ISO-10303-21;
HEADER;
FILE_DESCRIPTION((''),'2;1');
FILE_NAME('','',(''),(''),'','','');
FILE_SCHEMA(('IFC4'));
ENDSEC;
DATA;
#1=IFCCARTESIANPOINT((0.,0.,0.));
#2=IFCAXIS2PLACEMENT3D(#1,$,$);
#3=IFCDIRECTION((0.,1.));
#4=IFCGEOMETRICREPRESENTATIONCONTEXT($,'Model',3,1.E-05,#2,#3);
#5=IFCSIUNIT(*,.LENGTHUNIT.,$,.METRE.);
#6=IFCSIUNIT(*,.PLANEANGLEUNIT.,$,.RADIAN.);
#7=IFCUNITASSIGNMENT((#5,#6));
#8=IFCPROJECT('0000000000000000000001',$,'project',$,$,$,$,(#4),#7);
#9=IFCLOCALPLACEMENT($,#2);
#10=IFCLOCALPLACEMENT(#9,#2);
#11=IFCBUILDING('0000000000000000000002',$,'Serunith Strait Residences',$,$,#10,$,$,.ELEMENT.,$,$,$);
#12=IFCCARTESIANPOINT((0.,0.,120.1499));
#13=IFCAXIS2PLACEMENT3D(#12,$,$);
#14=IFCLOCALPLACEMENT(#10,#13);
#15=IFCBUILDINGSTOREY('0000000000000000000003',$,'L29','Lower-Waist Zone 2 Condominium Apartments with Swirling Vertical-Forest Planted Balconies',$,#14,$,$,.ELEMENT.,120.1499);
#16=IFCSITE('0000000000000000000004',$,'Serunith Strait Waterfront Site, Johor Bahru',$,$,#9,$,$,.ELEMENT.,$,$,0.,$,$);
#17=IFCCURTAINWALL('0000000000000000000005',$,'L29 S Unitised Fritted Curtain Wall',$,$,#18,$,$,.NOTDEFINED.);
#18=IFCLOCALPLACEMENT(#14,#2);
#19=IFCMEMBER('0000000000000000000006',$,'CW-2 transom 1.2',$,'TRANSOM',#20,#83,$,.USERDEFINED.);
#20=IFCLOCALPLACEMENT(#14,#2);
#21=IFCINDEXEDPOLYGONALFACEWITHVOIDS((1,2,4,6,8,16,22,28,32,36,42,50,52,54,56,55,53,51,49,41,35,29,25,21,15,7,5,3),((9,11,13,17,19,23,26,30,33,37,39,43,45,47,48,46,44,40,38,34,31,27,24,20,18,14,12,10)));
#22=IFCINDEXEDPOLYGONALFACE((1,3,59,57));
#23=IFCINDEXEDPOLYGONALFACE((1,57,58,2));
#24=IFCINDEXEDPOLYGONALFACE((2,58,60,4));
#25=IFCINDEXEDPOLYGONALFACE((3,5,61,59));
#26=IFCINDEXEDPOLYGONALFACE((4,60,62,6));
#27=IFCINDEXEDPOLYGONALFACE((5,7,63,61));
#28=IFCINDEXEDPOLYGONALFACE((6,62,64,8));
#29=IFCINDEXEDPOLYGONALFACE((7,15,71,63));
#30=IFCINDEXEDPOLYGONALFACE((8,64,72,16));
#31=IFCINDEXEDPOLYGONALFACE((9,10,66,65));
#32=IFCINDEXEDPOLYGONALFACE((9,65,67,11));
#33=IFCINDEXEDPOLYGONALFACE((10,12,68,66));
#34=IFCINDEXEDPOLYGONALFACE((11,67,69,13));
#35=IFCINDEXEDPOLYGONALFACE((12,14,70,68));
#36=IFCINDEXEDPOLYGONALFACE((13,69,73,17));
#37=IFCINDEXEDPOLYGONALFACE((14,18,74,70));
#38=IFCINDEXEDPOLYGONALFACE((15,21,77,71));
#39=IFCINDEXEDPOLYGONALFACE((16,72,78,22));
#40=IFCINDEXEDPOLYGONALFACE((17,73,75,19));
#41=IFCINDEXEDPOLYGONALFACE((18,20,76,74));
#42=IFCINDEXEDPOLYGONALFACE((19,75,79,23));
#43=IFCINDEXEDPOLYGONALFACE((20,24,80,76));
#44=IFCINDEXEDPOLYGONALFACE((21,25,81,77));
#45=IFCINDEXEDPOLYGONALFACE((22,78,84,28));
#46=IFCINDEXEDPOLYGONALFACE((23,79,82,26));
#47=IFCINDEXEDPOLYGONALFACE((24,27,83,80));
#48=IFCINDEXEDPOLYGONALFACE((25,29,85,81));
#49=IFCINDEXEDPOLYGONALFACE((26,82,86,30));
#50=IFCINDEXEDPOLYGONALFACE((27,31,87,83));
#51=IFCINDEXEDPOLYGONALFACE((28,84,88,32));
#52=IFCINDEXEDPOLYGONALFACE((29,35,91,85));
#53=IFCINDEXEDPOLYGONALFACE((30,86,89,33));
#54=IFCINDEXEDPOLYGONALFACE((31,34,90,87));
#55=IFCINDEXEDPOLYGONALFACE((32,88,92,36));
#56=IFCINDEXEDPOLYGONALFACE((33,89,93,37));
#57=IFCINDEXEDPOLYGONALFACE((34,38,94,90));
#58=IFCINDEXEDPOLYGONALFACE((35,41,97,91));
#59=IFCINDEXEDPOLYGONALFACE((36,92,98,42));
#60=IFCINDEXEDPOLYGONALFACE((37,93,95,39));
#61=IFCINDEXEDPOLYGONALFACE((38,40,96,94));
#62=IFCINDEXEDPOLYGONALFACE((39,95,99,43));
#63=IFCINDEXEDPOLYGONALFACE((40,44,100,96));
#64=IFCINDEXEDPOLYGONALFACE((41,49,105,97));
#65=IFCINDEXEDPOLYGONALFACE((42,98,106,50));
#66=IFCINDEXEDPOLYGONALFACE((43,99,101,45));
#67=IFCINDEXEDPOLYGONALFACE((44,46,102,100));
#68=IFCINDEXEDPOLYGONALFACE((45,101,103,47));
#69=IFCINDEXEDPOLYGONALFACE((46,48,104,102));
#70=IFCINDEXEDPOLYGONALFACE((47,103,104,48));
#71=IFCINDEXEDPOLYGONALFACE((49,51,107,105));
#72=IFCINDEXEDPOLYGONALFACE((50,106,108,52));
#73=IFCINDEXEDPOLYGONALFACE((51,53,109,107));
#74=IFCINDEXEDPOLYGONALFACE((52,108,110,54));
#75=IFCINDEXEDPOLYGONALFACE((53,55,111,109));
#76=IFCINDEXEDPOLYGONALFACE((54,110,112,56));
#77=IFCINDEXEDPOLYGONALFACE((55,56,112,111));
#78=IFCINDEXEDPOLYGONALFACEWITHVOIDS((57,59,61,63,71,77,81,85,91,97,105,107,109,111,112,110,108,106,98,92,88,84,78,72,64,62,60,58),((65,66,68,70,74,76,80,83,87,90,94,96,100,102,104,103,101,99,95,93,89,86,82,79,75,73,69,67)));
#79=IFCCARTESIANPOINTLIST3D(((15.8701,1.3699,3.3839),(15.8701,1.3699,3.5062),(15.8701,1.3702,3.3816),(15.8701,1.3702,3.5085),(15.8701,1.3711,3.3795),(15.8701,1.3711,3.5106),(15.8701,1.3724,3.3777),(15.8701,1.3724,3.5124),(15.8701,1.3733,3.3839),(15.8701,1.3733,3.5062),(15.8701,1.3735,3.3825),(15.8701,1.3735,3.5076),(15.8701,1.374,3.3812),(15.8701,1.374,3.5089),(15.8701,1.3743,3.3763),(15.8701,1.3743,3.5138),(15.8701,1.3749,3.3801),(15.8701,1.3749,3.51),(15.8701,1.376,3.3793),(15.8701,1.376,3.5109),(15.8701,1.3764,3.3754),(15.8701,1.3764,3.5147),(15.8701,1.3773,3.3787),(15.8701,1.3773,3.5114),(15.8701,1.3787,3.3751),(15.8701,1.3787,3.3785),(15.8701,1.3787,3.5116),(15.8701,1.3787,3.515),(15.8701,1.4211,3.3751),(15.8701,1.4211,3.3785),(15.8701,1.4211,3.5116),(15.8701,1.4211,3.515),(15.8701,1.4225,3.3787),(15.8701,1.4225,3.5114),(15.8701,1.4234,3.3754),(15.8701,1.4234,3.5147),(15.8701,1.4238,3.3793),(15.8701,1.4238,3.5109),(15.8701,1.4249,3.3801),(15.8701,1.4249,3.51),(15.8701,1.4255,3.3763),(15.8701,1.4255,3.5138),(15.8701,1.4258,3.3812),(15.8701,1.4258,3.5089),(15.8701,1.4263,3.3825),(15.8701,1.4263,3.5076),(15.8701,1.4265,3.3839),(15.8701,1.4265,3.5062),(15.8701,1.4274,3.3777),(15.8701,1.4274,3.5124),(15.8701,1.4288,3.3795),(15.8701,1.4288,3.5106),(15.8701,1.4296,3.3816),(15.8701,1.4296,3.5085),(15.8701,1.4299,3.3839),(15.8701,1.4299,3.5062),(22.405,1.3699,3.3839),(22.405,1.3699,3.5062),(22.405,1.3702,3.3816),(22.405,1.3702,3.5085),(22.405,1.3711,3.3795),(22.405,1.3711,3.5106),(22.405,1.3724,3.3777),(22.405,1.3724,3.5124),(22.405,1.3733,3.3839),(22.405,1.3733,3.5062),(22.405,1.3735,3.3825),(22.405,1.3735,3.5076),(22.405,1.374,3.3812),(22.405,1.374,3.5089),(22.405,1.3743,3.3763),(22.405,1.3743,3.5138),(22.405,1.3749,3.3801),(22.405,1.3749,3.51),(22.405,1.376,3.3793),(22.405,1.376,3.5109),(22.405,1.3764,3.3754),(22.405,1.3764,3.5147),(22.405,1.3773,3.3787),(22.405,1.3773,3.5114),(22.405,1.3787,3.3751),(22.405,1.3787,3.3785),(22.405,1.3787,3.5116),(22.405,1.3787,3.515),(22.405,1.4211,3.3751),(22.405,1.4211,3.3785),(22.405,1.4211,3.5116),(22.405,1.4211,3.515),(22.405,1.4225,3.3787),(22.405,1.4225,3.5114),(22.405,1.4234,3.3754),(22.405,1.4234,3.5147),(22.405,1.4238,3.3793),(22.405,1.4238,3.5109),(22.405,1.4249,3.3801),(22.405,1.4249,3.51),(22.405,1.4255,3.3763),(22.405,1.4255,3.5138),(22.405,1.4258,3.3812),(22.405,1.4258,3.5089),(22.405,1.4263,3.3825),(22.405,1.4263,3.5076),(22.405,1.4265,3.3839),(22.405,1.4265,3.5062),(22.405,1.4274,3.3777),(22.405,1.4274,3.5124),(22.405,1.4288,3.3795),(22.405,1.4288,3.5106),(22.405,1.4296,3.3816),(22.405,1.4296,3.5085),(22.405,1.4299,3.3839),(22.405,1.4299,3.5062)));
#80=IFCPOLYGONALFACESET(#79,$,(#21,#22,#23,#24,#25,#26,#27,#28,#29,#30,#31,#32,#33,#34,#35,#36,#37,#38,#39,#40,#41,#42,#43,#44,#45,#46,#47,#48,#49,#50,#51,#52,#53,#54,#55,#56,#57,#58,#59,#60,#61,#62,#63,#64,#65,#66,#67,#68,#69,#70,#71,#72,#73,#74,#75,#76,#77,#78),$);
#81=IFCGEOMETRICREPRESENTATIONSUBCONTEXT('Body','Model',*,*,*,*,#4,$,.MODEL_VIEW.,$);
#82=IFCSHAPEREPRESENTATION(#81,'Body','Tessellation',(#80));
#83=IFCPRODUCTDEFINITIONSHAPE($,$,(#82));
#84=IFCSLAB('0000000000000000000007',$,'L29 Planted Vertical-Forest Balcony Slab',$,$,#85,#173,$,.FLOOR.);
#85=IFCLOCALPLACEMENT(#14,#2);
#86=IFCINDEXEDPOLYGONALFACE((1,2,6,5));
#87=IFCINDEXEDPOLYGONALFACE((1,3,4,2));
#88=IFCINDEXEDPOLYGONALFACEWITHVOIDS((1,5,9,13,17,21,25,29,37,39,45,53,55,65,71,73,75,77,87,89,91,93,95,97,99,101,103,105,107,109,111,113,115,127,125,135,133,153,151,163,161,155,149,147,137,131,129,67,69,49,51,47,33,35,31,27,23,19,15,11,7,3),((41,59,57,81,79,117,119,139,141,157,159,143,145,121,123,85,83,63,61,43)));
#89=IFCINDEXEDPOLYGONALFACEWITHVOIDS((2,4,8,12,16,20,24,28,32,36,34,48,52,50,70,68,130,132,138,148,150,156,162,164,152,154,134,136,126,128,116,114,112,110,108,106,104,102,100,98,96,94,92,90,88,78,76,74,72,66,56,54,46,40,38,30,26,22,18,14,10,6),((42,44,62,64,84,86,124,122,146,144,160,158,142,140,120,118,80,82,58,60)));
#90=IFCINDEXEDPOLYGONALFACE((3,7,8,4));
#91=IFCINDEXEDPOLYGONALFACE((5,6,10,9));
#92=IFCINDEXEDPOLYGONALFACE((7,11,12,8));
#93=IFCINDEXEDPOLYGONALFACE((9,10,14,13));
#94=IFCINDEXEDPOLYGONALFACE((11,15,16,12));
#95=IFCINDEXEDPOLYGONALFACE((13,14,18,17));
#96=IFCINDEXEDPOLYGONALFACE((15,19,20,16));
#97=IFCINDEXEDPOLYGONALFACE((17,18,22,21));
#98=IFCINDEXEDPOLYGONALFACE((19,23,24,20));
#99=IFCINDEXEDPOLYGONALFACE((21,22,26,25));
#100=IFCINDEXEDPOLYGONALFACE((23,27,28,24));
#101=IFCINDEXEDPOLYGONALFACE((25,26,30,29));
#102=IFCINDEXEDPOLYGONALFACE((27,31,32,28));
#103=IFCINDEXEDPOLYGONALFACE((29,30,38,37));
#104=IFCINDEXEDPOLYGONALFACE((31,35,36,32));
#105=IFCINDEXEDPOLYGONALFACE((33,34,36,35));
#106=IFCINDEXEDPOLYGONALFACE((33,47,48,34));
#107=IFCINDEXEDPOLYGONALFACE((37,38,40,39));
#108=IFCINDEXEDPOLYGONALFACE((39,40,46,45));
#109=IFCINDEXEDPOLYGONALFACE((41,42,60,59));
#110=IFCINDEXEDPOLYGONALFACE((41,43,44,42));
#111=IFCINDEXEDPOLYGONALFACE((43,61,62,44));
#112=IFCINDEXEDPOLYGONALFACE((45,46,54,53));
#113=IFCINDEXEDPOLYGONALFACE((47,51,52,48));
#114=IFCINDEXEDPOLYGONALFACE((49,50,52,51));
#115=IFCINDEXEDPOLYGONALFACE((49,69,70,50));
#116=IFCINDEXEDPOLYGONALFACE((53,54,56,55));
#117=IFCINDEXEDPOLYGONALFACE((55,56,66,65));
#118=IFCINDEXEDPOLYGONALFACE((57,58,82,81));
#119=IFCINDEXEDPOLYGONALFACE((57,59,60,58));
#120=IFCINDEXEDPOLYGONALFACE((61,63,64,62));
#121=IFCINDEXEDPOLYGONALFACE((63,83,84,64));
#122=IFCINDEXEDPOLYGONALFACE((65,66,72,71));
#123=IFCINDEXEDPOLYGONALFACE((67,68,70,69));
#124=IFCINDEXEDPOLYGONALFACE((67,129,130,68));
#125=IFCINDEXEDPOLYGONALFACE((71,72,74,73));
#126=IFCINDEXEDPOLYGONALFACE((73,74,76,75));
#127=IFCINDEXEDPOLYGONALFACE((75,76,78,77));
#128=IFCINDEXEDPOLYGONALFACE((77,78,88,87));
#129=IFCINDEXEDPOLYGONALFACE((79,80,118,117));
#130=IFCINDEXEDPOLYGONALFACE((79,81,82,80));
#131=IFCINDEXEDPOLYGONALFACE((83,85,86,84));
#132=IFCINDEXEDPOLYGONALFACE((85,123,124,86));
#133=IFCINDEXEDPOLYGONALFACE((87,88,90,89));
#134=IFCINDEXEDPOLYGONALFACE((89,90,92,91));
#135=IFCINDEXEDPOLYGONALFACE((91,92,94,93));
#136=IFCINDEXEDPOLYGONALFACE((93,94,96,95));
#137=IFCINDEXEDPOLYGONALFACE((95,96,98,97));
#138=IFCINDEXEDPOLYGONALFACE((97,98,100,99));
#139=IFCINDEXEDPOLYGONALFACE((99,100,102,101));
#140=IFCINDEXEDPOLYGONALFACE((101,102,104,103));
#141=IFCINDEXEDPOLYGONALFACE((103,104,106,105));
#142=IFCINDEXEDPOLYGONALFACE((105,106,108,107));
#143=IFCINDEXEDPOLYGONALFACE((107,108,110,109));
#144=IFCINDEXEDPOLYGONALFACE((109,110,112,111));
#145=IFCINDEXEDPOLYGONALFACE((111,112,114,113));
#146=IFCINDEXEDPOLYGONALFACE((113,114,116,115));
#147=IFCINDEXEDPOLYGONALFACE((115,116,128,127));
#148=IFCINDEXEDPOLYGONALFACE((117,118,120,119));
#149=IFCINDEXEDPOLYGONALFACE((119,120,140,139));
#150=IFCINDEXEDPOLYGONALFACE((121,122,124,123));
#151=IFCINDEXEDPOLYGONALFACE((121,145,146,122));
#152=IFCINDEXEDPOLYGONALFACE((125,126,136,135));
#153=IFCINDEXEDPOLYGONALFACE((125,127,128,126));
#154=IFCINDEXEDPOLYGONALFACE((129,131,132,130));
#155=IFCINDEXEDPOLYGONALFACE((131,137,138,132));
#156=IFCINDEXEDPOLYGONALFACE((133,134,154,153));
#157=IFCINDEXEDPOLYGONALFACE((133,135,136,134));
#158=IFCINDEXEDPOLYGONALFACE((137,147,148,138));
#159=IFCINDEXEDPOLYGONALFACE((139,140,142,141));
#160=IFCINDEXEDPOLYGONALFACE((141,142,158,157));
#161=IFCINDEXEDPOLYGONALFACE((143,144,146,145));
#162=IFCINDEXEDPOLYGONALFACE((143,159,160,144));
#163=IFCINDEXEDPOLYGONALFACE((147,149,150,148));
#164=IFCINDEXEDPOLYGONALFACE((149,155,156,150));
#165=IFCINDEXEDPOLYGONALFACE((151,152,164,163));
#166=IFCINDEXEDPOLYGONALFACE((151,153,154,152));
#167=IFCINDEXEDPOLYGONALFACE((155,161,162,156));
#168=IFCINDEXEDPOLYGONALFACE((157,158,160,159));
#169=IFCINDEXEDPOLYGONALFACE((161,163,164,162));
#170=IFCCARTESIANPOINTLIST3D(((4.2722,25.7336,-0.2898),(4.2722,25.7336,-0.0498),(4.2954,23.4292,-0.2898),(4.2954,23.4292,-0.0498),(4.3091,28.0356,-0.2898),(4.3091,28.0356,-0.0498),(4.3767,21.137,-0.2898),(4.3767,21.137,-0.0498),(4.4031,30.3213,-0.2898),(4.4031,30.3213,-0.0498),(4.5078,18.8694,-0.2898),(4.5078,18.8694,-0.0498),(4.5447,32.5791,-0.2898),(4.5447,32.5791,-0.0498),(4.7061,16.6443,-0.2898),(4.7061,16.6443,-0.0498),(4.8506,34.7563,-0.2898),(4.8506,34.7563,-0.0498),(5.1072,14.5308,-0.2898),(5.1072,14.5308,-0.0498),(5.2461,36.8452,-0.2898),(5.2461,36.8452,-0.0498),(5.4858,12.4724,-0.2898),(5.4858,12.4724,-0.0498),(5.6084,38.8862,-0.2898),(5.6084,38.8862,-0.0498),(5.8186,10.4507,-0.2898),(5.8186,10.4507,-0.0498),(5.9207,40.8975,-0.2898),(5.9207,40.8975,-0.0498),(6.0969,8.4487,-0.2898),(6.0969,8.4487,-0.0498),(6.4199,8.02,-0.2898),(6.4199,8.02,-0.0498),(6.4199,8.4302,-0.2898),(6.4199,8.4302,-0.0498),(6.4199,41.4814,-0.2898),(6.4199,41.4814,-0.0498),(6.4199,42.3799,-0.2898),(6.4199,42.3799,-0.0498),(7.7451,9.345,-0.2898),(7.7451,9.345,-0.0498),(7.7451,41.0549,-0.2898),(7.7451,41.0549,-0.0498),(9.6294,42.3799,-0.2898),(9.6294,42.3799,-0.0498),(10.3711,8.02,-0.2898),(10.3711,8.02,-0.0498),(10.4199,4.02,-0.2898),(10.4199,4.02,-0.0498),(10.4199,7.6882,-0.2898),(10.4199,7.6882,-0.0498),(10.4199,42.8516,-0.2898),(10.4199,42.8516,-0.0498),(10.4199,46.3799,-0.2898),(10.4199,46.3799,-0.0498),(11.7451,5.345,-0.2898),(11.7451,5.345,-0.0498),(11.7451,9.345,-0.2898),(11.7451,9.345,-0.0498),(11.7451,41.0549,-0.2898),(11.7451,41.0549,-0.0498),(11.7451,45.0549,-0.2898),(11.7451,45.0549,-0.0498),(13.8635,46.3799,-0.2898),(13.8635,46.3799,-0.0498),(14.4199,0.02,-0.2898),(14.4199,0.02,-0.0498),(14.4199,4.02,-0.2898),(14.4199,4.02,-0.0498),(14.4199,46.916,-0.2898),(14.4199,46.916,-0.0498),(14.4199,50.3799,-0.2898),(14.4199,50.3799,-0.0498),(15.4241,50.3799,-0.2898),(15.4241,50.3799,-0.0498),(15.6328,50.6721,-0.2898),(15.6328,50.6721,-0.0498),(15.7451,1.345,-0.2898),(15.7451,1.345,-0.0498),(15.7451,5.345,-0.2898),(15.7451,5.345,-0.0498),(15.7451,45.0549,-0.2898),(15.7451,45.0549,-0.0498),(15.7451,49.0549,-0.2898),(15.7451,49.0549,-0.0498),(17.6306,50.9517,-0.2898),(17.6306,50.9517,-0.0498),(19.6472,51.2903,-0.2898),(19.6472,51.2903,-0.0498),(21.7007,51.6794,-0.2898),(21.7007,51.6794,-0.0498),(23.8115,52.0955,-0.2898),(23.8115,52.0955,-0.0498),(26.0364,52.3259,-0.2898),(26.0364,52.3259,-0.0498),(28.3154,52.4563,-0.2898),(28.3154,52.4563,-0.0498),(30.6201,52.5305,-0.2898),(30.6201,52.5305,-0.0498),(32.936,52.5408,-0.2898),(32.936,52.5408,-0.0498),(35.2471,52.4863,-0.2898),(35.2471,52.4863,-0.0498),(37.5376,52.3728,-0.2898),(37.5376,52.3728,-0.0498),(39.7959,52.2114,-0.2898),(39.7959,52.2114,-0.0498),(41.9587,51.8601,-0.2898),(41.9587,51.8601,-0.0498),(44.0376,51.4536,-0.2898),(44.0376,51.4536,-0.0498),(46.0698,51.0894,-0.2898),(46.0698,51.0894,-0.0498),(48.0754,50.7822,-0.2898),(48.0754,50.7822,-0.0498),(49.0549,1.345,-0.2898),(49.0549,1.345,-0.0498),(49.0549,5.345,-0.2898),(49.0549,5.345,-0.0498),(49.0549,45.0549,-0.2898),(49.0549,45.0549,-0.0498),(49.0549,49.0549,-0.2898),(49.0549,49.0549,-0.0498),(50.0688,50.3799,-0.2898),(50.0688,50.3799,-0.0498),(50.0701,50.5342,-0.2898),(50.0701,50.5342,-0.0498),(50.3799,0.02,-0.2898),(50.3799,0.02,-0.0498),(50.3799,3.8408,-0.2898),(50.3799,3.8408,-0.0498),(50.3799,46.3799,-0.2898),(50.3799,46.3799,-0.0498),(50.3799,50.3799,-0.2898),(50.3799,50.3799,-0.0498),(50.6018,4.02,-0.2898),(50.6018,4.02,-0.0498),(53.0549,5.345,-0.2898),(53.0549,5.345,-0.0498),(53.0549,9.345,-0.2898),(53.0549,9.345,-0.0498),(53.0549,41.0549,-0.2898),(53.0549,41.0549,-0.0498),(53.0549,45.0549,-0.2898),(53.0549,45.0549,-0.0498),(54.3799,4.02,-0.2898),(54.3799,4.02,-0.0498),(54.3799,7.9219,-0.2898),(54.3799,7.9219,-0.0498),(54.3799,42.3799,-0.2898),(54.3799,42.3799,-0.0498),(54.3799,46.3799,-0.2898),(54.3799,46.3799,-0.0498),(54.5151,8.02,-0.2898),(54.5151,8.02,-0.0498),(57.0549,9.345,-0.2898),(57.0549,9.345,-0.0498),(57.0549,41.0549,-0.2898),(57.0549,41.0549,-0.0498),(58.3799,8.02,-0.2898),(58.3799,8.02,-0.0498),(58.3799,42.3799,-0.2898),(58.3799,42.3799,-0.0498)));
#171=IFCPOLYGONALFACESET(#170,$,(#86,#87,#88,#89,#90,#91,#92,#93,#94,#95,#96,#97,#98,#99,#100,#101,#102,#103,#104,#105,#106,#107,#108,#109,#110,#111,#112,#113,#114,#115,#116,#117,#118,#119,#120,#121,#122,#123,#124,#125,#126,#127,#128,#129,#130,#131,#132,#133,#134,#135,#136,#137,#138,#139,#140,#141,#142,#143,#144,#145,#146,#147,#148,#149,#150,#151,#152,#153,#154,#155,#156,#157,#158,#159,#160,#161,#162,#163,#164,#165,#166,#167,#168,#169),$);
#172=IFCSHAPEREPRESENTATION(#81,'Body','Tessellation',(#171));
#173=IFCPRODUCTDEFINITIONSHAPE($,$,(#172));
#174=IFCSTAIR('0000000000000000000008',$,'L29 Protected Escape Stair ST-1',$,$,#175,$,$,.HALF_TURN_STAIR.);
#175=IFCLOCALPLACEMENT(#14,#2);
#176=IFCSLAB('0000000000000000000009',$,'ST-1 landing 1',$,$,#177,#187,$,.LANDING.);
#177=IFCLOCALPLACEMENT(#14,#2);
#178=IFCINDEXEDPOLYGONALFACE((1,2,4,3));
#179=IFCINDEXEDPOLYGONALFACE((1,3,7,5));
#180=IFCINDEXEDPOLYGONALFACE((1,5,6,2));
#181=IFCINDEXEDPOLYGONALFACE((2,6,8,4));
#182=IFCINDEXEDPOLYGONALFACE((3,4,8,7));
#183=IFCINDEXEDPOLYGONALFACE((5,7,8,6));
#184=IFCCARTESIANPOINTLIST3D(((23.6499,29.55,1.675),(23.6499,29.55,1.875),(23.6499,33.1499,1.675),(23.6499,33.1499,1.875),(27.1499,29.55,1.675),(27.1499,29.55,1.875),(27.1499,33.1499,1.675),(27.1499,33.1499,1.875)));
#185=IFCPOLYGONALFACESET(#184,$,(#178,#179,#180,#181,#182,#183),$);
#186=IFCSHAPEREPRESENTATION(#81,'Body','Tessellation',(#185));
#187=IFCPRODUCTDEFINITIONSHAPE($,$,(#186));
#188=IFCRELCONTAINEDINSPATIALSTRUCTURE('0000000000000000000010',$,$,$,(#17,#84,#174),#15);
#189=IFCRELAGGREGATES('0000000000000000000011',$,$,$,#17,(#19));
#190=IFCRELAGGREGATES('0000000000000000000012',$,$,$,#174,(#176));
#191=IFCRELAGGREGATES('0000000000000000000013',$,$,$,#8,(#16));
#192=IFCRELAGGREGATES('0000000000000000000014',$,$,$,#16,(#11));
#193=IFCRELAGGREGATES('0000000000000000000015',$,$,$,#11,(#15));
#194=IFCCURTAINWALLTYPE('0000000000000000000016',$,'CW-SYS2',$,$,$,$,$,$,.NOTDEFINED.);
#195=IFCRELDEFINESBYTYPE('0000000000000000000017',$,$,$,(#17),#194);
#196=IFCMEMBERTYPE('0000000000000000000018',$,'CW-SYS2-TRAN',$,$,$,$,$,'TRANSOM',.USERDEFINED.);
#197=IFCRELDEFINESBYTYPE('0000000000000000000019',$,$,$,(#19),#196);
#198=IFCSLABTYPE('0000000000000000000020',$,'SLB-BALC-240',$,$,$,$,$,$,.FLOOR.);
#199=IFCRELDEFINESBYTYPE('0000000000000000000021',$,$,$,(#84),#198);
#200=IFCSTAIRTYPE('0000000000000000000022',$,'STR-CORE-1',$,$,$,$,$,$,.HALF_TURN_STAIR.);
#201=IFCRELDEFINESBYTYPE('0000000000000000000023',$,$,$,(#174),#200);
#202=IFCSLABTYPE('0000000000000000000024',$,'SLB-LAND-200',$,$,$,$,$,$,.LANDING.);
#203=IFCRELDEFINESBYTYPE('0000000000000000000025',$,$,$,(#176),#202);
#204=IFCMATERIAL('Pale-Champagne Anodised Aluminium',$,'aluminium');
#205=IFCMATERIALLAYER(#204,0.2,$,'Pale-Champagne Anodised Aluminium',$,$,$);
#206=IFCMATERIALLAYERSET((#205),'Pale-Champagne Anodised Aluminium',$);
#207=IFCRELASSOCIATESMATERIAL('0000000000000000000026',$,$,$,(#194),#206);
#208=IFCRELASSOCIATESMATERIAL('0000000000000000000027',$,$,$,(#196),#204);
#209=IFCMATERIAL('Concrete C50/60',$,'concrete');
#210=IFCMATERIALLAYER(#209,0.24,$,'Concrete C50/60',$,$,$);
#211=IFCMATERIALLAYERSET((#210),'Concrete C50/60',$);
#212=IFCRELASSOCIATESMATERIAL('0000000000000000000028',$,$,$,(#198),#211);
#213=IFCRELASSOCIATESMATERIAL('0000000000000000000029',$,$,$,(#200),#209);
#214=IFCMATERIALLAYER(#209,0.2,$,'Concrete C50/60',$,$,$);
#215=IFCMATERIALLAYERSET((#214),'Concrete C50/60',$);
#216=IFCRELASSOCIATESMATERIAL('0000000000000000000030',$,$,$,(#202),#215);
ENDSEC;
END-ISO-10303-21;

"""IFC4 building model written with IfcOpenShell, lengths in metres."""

from ifc_helpers import new_model, si_unit, direction, frame, origin, origin_2d, place, context, subcontext, project, spatial, polyline, hollow_rectangle, outline, extrude, source, transform, mapped, material, layer, layer_set, material_profile, profile_set, type_object, element, aggregate, save


model = new_model("IFC4")

# Units and contexts
model_context = context("Model", 3, precision=1e-05, world=origin(), true_north=direction((0.0, 1.0)))
body_context = subcontext(model_context, "Body", "Model", "MODEL_VIEW")
ifc_project = project(units=[si_unit("LENGTHUNIT", "METRE"), si_unit("PLANEANGLEUNIT", "RADIAN")], contexts=[model_context])

# Site, building, storey
site_placement = place(None, origin())
site = spatial("IfcSite", under=ifc_project, at=site_placement, Name="Serunith Strait Waterfront Site, Johor Bahru", CompositionType="ELEMENT", RefElevation=0.0)
building_placement = place(site_placement, origin())
building = spatial("IfcBuilding", under=site, at=building_placement, Name="Serunith Strait Residences", CompositionType="ELEMENT")
storey_placement = place(building_placement, frame((0.0, 0.0, 120.1499)))
storey = spatial("IfcBuildingStorey", under=building, at=storey_placement, Name="L29", Description="Lower-Waist Zone 2 Condominium Apartments with Swirling Vertical-Forest Planted Balconies", CompositionType="ELEMENT", Elevation=120.1499)

# Curtain wall
ifc_material_1 = material(Name="Pale-Champagne Anodised Aluminium", Category="aluminium")
ifc_layer_1 = layer(ifc_material_1, 0.2, Name="Pale-Champagne Anodised Aluminium")
ifc_layer_set_1 = layer_set([ifc_layer_1], Name="Pale-Champagne Anodised Aluminium")
curtain_wall_type = type_object("IfcCurtainWallType", Name="CW-SYS2", PredefinedType="NOTDEFINED", material=ifc_layer_set_1)
curtain_wall_1_placement = place(storey_placement, origin())
curtain_wall_1 = element("IfcCurtainWall", 1, at=curtain_wall_1_placement, inside=storey, type_object=curtain_wall_type, Name="L29 S Unitised Fritted Curtain Wall", PredefinedType="NOTDEFINED")

# Member
ifc_material_profile_1 = material_profile(ifc_material_1, hollow_rectangle(XDim=0.0601, YDim=0.1399, WallThickness=0.0034, InnerFilletRadius=0.0054, OuterFilletRadius=0.0088, at=origin_2d()), Name="ALU 140x60x3.5")
ifc_profile_set_1 = profile_set([ifc_material_profile_1], Name="Pale-Champagne Anodised Aluminium")
member_type_1 = type_object("IfcMemberType", Name="CW-SYS2-TRAN", ElementType="TRANSOM", PredefinedType="USERDEFINED", material=ifc_profile_set_1)
shared_shape_1 = source(origin(), body_context, "Body", "SweptSolid", [
    extrude(hollow_rectangle(XDim=0.0601, YDim=0.1399, WallThickness=0.0034, InnerFilletRadius=0.0054, OuterFilletRadius=0.0088, at=origin_2d()), origin(), (0.0, 0.0, 1.0), 6.5349),
])
member_1_placement = place(storey_placement, frame((15.8701, 1.3999, 3.4451), z_axis=(1.0, 0.0, 0.0), x_axis=(0.0, 1.0, 0.0)))
member_1 = element("IfcMember", 2, at=member_1_placement, type_object=member_type_1, Name="CW-2 transom 1.2", ObjectType="TRANSOM", PredefinedType="USERDEFINED", context=body_context, shape_type="MappedRepresentation", body=[
    mapped(shared_shape_1, transform((0.0, 0.0, 0.0), scale=1.0)),
])
aggregate(curtain_wall_1, [member_1])

# Slab
ifc_material_2 = material(Name="Concrete C50/60", Category="concrete")
ifc_layer_2 = layer(ifc_material_2, 0.24, Name="Concrete C50/60")
ifc_layer_set_2 = layer_set([ifc_layer_2], Name="Concrete C50/60")
slab_type_1 = type_object("IfcSlabType", Name="SLB-BALC-240", PredefinedType="FLOOR", material=ifc_layer_set_2)
slab_1_placement = place(storey_placement, frame((0.0, 0.0, -0.2898)))
element("IfcSlab", 3, at=slab_1_placement, inside=storey, type_object=slab_type_1, Name="L29 Planted Vertical-Forest Balcony Slab", PredefinedType="FLOOR", context=body_context, shape_type="SweptSolid", body=[
    extrude(outline(polyline([(6.4199, 8.02), (6.4199, 8.4302), (6.0969, 8.4487), (5.8186, 10.4507), (5.4858, 12.4724), (5.1072, 14.5308), (4.7061, 16.6443), (4.5078, 18.8694), (4.3767, 21.137), (4.2954, 23.4292), (4.2722, 25.7336), (4.3091, 28.0356), (4.4031, 30.3213), (4.5447, 32.5791), (4.8506, 34.7563), (5.2461, 36.8452), (5.6084, 38.8862), (5.9207, 40.8975), (6.4199, 41.4814), (6.4199, 42.3799), (9.6294, 42.3799), (10.4199, 42.8516), (10.4199, 46.3799), (13.8635, 46.3799), (14.4199, 46.916), (14.4199, 50.3799), (15.4241, 50.3799), (15.6328, 50.6721), (17.6306, 50.9517), (19.6472, 51.2903), (21.7007, 51.6794), (23.8115, 52.0955), (26.0364, 52.3259), (28.3154, 52.4563), (30.6201, 52.5305), (32.936, 52.5408), (35.2471, 52.4863), (37.5376, 52.3728), (39.7959, 52.2114), (41.9587, 51.8601), (44.0376, 51.4536), (46.0698, 51.0894), (48.0754, 50.7822), (50.0701, 50.5342), (50.0688, 50.3799), (50.3799, 50.3799), (50.3799, 46.3799), (54.3799, 46.3799), (54.3799, 42.3799), (58.3799, 42.3799), (58.3799, 8.02), (54.5151, 8.02), (54.3799, 7.9219), (54.3799, 4.02), (50.6018, 4.02), (50.3799, 3.8408), (50.3799, 0.02), (14.4199, 0.02), (14.4199, 4.02), (10.4199, 4.02), (10.4199, 7.6882), (10.3711, 8.02), (6.4199, 8.02)]), holes=[polyline([(49.0549, 1.345), (49.0549, 5.345), (53.0549, 5.345), (53.0549, 9.345), (57.0549, 9.345), (57.0549, 41.0549), (53.0549, 41.0549), (53.0549, 45.0549), (49.0549, 45.0549), (49.0549, 49.0549), (15.7451, 49.0549), (15.7451, 45.0549), (11.7451, 45.0549), (11.7451, 41.0549), (7.7451, 41.0549), (7.7451, 9.345), (11.7451, 9.345), (11.7451, 5.345), (15.7451, 5.345), (15.7451, 1.345), (49.0549, 1.345)])]), origin(), (0.0, 0.0, 1.0), 0.24),
])

# Stair, slab
stair_type_1 = type_object("IfcStairType", Name="STR-CORE-1", PredefinedType="HALF_TURN_STAIR", material=ifc_material_2)
stair_1_placement = place(storey_placement, origin())
stair_1 = element("IfcStair", 4, at=stair_1_placement, inside=storey, type_object=stair_type_1, Name="L29 Protected Escape Stair ST-1", PredefinedType="HALF_TURN_STAIR")
ifc_layer_3 = layer(ifc_material_2, 0.2, Name="Concrete C50/60")
ifc_layer_set_3 = layer_set([ifc_layer_3], Name="Concrete C50/60")
slab_type_2 = type_object("IfcSlabType", Name="SLB-LAND-200", PredefinedType="LANDING", material=ifc_layer_set_3)
slab_2_placement = place(storey_placement, frame((0.0, 0.0, 1.675)))
slab_2 = element("IfcSlab", 5, at=slab_2_placement, type_object=slab_type_2, Name="ST-1 landing 1", PredefinedType="LANDING", context=body_context, shape_type="SweptSolid", body=[
    extrude(outline(polyline([(27.1499, 29.55), (27.1499, 33.1499), (23.6499, 33.1499), (23.6499, 29.55), (27.1499, 29.55)])), origin(), (0.0, 0.0, 1.0), 0.2),
])
aggregate(stair_1, [slab_2])

save(model, "model.ifc")
